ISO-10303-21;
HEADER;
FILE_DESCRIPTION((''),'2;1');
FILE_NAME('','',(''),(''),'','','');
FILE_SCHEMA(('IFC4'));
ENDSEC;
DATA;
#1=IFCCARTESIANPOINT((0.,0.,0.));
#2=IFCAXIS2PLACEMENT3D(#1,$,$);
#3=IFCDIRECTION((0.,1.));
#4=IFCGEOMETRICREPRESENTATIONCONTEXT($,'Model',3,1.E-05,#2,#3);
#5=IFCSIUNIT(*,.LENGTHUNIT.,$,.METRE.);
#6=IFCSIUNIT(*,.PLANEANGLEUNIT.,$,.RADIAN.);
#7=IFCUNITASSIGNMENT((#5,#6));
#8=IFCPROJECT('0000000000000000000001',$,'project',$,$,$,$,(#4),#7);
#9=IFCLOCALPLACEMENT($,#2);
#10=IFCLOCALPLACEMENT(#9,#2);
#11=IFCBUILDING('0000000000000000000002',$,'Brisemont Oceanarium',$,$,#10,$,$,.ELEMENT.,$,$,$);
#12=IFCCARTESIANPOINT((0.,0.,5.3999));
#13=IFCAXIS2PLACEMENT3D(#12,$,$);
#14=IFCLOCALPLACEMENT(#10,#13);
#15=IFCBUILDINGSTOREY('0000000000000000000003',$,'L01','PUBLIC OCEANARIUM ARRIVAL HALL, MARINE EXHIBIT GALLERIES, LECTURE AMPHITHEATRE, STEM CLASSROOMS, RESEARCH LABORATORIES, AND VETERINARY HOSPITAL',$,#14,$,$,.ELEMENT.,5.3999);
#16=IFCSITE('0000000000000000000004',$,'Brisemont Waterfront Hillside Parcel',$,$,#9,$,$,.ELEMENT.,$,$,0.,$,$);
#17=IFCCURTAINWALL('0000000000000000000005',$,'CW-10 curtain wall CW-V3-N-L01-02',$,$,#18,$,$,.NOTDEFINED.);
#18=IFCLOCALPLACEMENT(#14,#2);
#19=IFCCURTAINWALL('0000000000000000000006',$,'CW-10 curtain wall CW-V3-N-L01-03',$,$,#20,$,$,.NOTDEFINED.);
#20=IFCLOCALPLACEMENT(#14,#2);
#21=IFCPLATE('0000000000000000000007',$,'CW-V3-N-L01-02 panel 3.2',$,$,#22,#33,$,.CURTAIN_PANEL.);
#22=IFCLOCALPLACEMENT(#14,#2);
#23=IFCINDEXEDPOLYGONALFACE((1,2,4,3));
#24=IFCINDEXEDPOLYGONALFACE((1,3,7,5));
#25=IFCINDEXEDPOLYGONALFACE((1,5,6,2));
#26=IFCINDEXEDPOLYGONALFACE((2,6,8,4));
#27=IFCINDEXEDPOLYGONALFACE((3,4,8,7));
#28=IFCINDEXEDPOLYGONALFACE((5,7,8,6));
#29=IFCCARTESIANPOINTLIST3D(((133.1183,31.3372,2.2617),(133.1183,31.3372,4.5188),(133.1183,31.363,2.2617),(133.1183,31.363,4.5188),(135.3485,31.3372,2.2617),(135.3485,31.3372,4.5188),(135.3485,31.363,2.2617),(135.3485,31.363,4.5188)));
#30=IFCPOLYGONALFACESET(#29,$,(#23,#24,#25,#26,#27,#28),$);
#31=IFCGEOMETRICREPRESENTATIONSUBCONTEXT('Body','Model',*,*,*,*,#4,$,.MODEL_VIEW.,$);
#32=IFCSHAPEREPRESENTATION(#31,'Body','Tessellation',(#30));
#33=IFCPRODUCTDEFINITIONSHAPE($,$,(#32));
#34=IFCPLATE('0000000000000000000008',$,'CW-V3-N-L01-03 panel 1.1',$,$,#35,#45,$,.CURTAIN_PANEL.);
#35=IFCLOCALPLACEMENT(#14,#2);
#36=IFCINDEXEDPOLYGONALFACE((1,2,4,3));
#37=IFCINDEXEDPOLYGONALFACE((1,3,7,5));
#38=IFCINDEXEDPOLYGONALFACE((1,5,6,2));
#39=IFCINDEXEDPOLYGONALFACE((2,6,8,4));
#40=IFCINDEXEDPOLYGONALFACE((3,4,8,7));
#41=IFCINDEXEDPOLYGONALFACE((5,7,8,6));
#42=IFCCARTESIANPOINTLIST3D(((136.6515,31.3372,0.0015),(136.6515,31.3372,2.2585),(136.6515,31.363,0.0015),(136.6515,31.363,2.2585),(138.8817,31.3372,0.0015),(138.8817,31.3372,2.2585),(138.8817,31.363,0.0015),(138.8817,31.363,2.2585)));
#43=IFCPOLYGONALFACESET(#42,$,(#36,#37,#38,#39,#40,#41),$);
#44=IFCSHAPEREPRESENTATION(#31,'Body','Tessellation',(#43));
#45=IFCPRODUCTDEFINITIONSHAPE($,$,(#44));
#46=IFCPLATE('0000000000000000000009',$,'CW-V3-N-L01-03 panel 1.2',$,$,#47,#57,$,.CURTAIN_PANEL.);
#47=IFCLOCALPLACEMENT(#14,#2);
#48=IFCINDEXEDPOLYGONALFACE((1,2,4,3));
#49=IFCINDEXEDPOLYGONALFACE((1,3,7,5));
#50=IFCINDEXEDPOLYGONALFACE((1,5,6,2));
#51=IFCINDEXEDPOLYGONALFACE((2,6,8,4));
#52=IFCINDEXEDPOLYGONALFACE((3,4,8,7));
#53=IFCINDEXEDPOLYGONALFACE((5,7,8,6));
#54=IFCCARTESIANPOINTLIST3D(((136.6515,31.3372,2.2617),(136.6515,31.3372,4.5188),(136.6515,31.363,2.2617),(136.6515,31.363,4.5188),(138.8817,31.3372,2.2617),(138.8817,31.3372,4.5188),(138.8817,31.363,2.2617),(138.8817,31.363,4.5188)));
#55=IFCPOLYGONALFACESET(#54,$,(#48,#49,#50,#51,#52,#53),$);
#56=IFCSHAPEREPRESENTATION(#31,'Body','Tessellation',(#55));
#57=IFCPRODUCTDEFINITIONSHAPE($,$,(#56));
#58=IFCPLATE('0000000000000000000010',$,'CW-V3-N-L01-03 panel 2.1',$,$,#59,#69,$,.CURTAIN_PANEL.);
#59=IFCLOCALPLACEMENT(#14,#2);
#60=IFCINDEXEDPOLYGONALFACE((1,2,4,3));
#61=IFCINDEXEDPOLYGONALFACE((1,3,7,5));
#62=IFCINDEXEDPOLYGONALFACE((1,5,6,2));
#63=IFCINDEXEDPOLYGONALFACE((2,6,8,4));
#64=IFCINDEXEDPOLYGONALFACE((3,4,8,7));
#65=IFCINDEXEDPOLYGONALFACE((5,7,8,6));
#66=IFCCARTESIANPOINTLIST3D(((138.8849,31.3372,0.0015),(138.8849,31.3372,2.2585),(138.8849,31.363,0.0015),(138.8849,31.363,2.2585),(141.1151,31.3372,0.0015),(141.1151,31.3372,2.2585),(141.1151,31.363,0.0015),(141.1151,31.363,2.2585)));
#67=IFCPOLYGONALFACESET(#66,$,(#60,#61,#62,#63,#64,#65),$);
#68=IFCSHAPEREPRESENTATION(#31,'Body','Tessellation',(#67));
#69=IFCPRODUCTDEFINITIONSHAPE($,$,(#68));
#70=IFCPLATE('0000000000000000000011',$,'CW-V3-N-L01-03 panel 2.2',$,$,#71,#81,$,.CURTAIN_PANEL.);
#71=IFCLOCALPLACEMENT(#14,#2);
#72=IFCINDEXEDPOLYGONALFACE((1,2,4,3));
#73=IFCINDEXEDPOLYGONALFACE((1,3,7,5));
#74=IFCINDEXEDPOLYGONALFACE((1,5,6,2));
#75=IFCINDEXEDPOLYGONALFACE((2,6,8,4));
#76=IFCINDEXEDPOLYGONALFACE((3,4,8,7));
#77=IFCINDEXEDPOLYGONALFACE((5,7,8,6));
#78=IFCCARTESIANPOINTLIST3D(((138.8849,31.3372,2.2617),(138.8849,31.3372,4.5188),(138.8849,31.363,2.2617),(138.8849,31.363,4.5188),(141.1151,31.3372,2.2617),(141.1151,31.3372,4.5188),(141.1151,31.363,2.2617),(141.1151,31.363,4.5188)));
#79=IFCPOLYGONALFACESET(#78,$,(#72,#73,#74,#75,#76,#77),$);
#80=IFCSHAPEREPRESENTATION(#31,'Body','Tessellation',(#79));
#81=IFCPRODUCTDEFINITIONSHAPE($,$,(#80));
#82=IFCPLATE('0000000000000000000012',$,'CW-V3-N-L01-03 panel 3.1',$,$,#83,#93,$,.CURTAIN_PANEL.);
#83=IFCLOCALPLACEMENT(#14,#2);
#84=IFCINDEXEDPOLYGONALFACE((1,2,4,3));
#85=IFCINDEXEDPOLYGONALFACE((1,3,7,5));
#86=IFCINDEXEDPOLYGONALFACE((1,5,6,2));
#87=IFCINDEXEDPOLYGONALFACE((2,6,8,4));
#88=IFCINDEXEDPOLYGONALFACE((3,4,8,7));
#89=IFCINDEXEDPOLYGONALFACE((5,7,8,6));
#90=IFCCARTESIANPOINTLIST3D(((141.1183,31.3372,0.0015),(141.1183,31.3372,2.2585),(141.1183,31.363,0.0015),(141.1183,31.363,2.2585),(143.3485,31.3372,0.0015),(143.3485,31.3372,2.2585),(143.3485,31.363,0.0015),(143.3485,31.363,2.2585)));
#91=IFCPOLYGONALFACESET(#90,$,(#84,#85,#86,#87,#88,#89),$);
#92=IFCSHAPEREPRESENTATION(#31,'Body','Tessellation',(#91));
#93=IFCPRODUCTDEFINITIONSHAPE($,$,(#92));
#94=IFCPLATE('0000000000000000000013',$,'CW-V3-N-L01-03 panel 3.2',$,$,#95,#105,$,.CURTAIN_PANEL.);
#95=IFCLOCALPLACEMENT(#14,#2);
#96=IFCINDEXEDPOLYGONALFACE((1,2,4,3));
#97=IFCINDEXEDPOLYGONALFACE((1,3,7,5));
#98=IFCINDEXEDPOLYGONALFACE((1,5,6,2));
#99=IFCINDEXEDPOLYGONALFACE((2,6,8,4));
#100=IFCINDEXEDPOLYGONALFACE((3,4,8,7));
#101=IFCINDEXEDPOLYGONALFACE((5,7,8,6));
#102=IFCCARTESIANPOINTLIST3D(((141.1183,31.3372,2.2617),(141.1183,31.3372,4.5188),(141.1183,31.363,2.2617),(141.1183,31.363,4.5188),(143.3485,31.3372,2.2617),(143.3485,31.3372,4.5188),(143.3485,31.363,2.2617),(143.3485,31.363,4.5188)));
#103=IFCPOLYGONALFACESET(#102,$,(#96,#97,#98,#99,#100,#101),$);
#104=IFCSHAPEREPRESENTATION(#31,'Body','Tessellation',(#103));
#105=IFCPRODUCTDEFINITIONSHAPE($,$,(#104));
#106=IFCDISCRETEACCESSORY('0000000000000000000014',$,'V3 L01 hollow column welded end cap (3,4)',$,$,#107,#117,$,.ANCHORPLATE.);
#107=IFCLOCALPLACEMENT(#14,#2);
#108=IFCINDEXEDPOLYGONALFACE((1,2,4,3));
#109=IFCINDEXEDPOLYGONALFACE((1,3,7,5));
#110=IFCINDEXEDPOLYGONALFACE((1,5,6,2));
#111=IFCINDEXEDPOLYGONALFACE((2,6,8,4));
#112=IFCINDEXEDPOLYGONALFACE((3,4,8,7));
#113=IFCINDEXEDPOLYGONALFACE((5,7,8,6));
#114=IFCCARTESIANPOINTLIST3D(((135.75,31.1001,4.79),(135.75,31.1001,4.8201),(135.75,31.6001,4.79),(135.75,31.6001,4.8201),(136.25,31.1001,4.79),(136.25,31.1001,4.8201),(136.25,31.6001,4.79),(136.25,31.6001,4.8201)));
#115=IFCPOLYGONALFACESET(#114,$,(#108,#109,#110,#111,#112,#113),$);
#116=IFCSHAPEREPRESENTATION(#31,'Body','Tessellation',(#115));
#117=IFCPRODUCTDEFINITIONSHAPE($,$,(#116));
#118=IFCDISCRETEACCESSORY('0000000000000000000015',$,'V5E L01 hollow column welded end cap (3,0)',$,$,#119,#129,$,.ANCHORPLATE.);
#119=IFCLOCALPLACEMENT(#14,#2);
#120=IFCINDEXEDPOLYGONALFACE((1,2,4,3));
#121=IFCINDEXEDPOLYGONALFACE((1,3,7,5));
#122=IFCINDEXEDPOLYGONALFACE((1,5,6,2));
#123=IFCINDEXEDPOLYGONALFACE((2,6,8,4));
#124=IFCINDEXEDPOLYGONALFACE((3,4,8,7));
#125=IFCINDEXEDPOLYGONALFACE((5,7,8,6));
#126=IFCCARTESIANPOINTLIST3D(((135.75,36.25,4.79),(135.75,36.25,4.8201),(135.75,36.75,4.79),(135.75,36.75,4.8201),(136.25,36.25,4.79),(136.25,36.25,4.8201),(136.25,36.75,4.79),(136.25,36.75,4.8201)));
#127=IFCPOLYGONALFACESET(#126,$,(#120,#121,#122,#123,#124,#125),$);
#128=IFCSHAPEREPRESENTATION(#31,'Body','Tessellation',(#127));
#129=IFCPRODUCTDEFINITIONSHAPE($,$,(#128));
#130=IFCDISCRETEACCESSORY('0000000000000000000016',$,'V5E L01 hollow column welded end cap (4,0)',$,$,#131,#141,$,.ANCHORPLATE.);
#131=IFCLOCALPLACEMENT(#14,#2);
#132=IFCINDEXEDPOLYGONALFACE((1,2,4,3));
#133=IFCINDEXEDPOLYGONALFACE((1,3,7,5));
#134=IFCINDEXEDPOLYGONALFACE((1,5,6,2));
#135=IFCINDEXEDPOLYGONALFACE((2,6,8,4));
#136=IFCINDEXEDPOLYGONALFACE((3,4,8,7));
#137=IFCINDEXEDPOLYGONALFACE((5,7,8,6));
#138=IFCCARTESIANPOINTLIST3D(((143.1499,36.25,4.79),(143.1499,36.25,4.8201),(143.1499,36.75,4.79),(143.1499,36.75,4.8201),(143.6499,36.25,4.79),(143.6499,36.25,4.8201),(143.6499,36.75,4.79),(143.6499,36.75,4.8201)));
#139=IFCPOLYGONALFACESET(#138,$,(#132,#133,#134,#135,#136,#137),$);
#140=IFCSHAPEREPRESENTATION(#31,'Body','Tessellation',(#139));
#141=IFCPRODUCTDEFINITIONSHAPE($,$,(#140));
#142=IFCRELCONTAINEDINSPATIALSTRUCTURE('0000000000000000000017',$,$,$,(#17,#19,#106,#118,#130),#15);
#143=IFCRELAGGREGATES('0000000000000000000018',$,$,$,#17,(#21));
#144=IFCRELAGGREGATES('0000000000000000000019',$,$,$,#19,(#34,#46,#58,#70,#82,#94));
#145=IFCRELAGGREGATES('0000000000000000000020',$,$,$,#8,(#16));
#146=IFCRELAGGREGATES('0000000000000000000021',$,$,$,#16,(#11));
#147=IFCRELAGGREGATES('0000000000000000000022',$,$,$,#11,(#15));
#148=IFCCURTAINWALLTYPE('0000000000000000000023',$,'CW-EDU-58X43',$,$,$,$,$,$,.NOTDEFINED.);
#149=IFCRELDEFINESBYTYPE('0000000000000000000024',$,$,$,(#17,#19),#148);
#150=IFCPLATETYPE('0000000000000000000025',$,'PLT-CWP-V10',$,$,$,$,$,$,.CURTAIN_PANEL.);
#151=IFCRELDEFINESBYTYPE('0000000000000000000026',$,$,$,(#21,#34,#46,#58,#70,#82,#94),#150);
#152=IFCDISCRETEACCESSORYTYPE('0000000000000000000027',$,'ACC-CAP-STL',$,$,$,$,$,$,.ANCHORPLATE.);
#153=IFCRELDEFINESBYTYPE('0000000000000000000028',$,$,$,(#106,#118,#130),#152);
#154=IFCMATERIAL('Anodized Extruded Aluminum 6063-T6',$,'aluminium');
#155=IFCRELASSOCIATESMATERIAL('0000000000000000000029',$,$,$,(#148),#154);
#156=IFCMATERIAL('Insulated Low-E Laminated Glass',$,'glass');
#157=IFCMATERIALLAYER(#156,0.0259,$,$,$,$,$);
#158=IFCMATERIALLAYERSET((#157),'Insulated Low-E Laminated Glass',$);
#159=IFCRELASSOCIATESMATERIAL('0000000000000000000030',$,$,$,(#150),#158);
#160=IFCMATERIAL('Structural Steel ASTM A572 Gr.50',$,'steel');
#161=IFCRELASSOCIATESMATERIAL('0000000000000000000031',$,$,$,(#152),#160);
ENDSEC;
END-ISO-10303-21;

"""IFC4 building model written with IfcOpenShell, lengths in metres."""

from ifc_helpers import new_model, si_unit, direction, frame, origin, origin_2d, place, context, subcontext, project, spatial, rectangle, extrude, material, layer, layer_set, type_object, element, aggregate, save


model = new_model("IFC4")

# Units and contexts
model_context = context("Model", 3, precision=1e-05, world=origin(), true_north=direction((0.0, 1.0)))
body_context = subcontext(model_context, "Body", "Model", "MODEL_VIEW")
ifc_project = project(units=[si_unit("LENGTHUNIT", "METRE"), si_unit("PLANEANGLEUNIT", "RADIAN")], contexts=[model_context])

# Site, building, storey
site_placement = place(None, origin())
site = spatial("IfcSite", under=ifc_project, at=site_placement, Name="Brisemont Waterfront Hillside Parcel", CompositionType="ELEMENT", RefElevation=0.0)
building_placement = place(site_placement, origin())
building = spatial("IfcBuilding", under=site, at=building_placement, Name="Brisemont Oceanarium", CompositionType="ELEMENT")
storey_placement = place(building_placement, frame((0.0, 0.0, 5.3999)))
storey = spatial("IfcBuildingStorey", under=building, at=storey_placement, Name="L01", Description="PUBLIC OCEANARIUM ARRIVAL HALL, MARINE EXHIBIT GALLERIES, LECTURE AMPHITHEATRE, STEM CLASSROOMS, RESEARCH LABORATORIES, AND VETERINARY HOSPITAL", CompositionType="ELEMENT", Elevation=5.3999)

# Curtain walls
ifc_material_1 = material(Name="Anodized Extruded Aluminum 6063-T6", Category="aluminium")
curtain_wall_type = type_object("IfcCurtainWallType", Name="CW-EDU-58X43", PredefinedType="NOTDEFINED", material=ifc_material_1)
curtain_wall_1_placement = place(storey_placement, origin())
curtain_wall_1 = element("IfcCurtainWall", 1, at=curtain_wall_1_placement, inside=storey, type_object=curtain_wall_type, Name="CW-10 curtain wall CW-V3-N-L01-02", PredefinedType="NOTDEFINED")
curtain_wall_2_placement = place(storey_placement, origin())
curtain_wall_2 = element("IfcCurtainWall", 2, at=curtain_wall_2_placement, inside=storey, type_object=curtain_wall_type, Name="CW-10 curtain wall CW-V3-N-L01-03", PredefinedType="NOTDEFINED")

# Plates
ifc_material_2 = material(Name="Insulated Low-E Laminated Glass", Category="glass")
ifc_layer = layer(ifc_material_2, 0.0259)
ifc_layer_set = layer_set([ifc_layer], Name="Insulated Low-E Laminated Glass")
plate_type = type_object("IfcPlateType", Name="PLT-CWP-V10", PredefinedType="CURTAIN_PANEL", material=ifc_layer_set)
plate_1_placement = place(storey_placement, frame((134.2334, 31.3501, 2.2617), z_axis=(0.0, 0.0, 1.0), x_axis=(1.0, 0.0, 0.0)))
plate_1 = element("IfcPlate", 3, at=plate_1_placement, type_object=plate_type, Name="CW-V3-N-L01-02 panel 3.2", PredefinedType="CURTAIN_PANEL", context=body_context, shape_type="SweptSolid", body=[
    extrude(rectangle(XDim=2.2302, YDim=0.0259, at=origin_2d()), origin(), (0.0, 0.0, 1.0), 2.2571),
])
aggregate(curtain_wall_1, [plate_1])
plate_2_placement = place(storey_placement, frame((137.7666, 31.3501, 0.0015), z_axis=(0.0, 0.0, 1.0), x_axis=(1.0, 0.0, 0.0)))
plate_2 = element("IfcPlate", 4, at=plate_2_placement, type_object=plate_type, Name="CW-V3-N-L01-03 panel 1.1", PredefinedType="CURTAIN_PANEL", context=body_context, shape_type="SweptSolid", body=[
    extrude(rectangle(XDim=2.2302, YDim=0.0259, at=origin_2d()), origin(), (0.0, 0.0, 1.0), 2.2571),
])
plate_3_placement = place(storey_placement, frame((137.7666, 31.3501, 2.2617), z_axis=(0.0, 0.0, 1.0), x_axis=(1.0, 0.0, 0.0)))
plate_3 = element("IfcPlate", 5, at=plate_3_placement, type_object=plate_type, Name="CW-V3-N-L01-03 panel 1.2", PredefinedType="CURTAIN_PANEL", context=body_context, shape_type="SweptSolid", body=[
    extrude(rectangle(XDim=2.2302, YDim=0.0259, at=origin_2d()), origin(), (0.0, 0.0, 1.0), 2.2571),
])
plate_4_placement = place(storey_placement, frame((140.0, 31.3501, 0.0015), z_axis=(0.0, 0.0, 1.0), x_axis=(1.0, 0.0, 0.0)))
plate_4 = element("IfcPlate", 6, at=plate_4_placement, type_object=plate_type, Name="CW-V3-N-L01-03 panel 2.1", PredefinedType="CURTAIN_PANEL", context=body_context, shape_type="SweptSolid", body=[
    extrude(rectangle(XDim=2.2302, YDim=0.0259, at=origin_2d()), origin(), (0.0, 0.0, 1.0), 2.2571),
])
plate_5_placement = place(storey_placement, frame((140.0, 31.3501, 2.2617), z_axis=(0.0, 0.0, 1.0), x_axis=(1.0, 0.0, 0.0)))
plate_5 = element("IfcPlate", 7, at=plate_5_placement, type_object=plate_type, Name="CW-V3-N-L01-03 panel 2.2", PredefinedType="CURTAIN_PANEL", context=body_context, shape_type="SweptSolid", body=[
    extrude(rectangle(XDim=2.2302, YDim=0.0259, at=origin_2d()), origin(), (0.0, 0.0, 1.0), 2.2571),
])
plate_6_placement = place(storey_placement, frame((142.2334, 31.3501, 0.0015), z_axis=(0.0, 0.0, 1.0), x_axis=(1.0, 0.0, 0.0)))
plate_6 = element("IfcPlate", 8, at=plate_6_placement, type_object=plate_type, Name="CW-V3-N-L01-03 panel 3.1", PredefinedType="CURTAIN_PANEL", context=body_context, shape_type="SweptSolid", body=[
    extrude(rectangle(XDim=2.2302, YDim=0.0259, at=origin_2d()), origin(), (0.0, 0.0, 1.0), 2.2571),
])
plate_7_placement = place(storey_placement, frame((142.2334, 31.3501, 2.2617), z_axis=(0.0, 0.0, 1.0), x_axis=(1.0, 0.0, 0.0)))
plate_7 = element("IfcPlate", 9, at=plate_7_placement, type_object=plate_type, Name="CW-V3-N-L01-03 panel 3.2", PredefinedType="CURTAIN_PANEL", context=body_context, shape_type="SweptSolid", body=[
    extrude(rectangle(XDim=2.2302, YDim=0.0259, at=origin_2d()), origin(), (0.0, 0.0, 1.0), 2.2571),
])
aggregate(curtain_wall_2, [plate_2, plate_3, plate_4, plate_5, plate_6, plate_7])

# Discrete accessories
ifc_material_3 = material(Name="Structural Steel ASTM A572 Gr.50", Category="steel")
discrete_accessory_type = type_object("IfcDiscreteAccessoryType", Name="ACC-CAP-STL", PredefinedType="ANCHORPLATE", material=ifc_material_3)
for number, where, z_axis, x_axis, name in (
    (10, (136.0, 31.3501, 4.79), (0.0, 0.0, 1.0), (1.0, 0.0, 0.0), "V3 L01 hollow column welded end cap (3,4)"),
    (11, (136.0, 36.5, 4.79), (0.0, 0.0, 1.0), (1.0, 0.0, 0.0), "V5E L01 hollow column welded end cap (3,0)"),
    (12, (143.3999, 36.5, 4.79), (0.0, 0.0, 1.0), (1.0, 0.0, 0.0), "V5E L01 hollow column welded end cap (4,0)"),
):
    element("IfcDiscreteAccessory", number, at=place(storey_placement, frame(where, z_axis=z_axis, x_axis=x_axis)), inside=storey, type_object=discrete_accessory_type, Name=name, PredefinedType="ANCHORPLATE", context=body_context, shape_type="SweptSolid", body=[
        extrude(rectangle(XDim=0.5, YDim=0.5, at=origin_2d()), origin(), (0.0, 0.0, 1.0), 0.03),
    ])

save(model, "model.ifc")
